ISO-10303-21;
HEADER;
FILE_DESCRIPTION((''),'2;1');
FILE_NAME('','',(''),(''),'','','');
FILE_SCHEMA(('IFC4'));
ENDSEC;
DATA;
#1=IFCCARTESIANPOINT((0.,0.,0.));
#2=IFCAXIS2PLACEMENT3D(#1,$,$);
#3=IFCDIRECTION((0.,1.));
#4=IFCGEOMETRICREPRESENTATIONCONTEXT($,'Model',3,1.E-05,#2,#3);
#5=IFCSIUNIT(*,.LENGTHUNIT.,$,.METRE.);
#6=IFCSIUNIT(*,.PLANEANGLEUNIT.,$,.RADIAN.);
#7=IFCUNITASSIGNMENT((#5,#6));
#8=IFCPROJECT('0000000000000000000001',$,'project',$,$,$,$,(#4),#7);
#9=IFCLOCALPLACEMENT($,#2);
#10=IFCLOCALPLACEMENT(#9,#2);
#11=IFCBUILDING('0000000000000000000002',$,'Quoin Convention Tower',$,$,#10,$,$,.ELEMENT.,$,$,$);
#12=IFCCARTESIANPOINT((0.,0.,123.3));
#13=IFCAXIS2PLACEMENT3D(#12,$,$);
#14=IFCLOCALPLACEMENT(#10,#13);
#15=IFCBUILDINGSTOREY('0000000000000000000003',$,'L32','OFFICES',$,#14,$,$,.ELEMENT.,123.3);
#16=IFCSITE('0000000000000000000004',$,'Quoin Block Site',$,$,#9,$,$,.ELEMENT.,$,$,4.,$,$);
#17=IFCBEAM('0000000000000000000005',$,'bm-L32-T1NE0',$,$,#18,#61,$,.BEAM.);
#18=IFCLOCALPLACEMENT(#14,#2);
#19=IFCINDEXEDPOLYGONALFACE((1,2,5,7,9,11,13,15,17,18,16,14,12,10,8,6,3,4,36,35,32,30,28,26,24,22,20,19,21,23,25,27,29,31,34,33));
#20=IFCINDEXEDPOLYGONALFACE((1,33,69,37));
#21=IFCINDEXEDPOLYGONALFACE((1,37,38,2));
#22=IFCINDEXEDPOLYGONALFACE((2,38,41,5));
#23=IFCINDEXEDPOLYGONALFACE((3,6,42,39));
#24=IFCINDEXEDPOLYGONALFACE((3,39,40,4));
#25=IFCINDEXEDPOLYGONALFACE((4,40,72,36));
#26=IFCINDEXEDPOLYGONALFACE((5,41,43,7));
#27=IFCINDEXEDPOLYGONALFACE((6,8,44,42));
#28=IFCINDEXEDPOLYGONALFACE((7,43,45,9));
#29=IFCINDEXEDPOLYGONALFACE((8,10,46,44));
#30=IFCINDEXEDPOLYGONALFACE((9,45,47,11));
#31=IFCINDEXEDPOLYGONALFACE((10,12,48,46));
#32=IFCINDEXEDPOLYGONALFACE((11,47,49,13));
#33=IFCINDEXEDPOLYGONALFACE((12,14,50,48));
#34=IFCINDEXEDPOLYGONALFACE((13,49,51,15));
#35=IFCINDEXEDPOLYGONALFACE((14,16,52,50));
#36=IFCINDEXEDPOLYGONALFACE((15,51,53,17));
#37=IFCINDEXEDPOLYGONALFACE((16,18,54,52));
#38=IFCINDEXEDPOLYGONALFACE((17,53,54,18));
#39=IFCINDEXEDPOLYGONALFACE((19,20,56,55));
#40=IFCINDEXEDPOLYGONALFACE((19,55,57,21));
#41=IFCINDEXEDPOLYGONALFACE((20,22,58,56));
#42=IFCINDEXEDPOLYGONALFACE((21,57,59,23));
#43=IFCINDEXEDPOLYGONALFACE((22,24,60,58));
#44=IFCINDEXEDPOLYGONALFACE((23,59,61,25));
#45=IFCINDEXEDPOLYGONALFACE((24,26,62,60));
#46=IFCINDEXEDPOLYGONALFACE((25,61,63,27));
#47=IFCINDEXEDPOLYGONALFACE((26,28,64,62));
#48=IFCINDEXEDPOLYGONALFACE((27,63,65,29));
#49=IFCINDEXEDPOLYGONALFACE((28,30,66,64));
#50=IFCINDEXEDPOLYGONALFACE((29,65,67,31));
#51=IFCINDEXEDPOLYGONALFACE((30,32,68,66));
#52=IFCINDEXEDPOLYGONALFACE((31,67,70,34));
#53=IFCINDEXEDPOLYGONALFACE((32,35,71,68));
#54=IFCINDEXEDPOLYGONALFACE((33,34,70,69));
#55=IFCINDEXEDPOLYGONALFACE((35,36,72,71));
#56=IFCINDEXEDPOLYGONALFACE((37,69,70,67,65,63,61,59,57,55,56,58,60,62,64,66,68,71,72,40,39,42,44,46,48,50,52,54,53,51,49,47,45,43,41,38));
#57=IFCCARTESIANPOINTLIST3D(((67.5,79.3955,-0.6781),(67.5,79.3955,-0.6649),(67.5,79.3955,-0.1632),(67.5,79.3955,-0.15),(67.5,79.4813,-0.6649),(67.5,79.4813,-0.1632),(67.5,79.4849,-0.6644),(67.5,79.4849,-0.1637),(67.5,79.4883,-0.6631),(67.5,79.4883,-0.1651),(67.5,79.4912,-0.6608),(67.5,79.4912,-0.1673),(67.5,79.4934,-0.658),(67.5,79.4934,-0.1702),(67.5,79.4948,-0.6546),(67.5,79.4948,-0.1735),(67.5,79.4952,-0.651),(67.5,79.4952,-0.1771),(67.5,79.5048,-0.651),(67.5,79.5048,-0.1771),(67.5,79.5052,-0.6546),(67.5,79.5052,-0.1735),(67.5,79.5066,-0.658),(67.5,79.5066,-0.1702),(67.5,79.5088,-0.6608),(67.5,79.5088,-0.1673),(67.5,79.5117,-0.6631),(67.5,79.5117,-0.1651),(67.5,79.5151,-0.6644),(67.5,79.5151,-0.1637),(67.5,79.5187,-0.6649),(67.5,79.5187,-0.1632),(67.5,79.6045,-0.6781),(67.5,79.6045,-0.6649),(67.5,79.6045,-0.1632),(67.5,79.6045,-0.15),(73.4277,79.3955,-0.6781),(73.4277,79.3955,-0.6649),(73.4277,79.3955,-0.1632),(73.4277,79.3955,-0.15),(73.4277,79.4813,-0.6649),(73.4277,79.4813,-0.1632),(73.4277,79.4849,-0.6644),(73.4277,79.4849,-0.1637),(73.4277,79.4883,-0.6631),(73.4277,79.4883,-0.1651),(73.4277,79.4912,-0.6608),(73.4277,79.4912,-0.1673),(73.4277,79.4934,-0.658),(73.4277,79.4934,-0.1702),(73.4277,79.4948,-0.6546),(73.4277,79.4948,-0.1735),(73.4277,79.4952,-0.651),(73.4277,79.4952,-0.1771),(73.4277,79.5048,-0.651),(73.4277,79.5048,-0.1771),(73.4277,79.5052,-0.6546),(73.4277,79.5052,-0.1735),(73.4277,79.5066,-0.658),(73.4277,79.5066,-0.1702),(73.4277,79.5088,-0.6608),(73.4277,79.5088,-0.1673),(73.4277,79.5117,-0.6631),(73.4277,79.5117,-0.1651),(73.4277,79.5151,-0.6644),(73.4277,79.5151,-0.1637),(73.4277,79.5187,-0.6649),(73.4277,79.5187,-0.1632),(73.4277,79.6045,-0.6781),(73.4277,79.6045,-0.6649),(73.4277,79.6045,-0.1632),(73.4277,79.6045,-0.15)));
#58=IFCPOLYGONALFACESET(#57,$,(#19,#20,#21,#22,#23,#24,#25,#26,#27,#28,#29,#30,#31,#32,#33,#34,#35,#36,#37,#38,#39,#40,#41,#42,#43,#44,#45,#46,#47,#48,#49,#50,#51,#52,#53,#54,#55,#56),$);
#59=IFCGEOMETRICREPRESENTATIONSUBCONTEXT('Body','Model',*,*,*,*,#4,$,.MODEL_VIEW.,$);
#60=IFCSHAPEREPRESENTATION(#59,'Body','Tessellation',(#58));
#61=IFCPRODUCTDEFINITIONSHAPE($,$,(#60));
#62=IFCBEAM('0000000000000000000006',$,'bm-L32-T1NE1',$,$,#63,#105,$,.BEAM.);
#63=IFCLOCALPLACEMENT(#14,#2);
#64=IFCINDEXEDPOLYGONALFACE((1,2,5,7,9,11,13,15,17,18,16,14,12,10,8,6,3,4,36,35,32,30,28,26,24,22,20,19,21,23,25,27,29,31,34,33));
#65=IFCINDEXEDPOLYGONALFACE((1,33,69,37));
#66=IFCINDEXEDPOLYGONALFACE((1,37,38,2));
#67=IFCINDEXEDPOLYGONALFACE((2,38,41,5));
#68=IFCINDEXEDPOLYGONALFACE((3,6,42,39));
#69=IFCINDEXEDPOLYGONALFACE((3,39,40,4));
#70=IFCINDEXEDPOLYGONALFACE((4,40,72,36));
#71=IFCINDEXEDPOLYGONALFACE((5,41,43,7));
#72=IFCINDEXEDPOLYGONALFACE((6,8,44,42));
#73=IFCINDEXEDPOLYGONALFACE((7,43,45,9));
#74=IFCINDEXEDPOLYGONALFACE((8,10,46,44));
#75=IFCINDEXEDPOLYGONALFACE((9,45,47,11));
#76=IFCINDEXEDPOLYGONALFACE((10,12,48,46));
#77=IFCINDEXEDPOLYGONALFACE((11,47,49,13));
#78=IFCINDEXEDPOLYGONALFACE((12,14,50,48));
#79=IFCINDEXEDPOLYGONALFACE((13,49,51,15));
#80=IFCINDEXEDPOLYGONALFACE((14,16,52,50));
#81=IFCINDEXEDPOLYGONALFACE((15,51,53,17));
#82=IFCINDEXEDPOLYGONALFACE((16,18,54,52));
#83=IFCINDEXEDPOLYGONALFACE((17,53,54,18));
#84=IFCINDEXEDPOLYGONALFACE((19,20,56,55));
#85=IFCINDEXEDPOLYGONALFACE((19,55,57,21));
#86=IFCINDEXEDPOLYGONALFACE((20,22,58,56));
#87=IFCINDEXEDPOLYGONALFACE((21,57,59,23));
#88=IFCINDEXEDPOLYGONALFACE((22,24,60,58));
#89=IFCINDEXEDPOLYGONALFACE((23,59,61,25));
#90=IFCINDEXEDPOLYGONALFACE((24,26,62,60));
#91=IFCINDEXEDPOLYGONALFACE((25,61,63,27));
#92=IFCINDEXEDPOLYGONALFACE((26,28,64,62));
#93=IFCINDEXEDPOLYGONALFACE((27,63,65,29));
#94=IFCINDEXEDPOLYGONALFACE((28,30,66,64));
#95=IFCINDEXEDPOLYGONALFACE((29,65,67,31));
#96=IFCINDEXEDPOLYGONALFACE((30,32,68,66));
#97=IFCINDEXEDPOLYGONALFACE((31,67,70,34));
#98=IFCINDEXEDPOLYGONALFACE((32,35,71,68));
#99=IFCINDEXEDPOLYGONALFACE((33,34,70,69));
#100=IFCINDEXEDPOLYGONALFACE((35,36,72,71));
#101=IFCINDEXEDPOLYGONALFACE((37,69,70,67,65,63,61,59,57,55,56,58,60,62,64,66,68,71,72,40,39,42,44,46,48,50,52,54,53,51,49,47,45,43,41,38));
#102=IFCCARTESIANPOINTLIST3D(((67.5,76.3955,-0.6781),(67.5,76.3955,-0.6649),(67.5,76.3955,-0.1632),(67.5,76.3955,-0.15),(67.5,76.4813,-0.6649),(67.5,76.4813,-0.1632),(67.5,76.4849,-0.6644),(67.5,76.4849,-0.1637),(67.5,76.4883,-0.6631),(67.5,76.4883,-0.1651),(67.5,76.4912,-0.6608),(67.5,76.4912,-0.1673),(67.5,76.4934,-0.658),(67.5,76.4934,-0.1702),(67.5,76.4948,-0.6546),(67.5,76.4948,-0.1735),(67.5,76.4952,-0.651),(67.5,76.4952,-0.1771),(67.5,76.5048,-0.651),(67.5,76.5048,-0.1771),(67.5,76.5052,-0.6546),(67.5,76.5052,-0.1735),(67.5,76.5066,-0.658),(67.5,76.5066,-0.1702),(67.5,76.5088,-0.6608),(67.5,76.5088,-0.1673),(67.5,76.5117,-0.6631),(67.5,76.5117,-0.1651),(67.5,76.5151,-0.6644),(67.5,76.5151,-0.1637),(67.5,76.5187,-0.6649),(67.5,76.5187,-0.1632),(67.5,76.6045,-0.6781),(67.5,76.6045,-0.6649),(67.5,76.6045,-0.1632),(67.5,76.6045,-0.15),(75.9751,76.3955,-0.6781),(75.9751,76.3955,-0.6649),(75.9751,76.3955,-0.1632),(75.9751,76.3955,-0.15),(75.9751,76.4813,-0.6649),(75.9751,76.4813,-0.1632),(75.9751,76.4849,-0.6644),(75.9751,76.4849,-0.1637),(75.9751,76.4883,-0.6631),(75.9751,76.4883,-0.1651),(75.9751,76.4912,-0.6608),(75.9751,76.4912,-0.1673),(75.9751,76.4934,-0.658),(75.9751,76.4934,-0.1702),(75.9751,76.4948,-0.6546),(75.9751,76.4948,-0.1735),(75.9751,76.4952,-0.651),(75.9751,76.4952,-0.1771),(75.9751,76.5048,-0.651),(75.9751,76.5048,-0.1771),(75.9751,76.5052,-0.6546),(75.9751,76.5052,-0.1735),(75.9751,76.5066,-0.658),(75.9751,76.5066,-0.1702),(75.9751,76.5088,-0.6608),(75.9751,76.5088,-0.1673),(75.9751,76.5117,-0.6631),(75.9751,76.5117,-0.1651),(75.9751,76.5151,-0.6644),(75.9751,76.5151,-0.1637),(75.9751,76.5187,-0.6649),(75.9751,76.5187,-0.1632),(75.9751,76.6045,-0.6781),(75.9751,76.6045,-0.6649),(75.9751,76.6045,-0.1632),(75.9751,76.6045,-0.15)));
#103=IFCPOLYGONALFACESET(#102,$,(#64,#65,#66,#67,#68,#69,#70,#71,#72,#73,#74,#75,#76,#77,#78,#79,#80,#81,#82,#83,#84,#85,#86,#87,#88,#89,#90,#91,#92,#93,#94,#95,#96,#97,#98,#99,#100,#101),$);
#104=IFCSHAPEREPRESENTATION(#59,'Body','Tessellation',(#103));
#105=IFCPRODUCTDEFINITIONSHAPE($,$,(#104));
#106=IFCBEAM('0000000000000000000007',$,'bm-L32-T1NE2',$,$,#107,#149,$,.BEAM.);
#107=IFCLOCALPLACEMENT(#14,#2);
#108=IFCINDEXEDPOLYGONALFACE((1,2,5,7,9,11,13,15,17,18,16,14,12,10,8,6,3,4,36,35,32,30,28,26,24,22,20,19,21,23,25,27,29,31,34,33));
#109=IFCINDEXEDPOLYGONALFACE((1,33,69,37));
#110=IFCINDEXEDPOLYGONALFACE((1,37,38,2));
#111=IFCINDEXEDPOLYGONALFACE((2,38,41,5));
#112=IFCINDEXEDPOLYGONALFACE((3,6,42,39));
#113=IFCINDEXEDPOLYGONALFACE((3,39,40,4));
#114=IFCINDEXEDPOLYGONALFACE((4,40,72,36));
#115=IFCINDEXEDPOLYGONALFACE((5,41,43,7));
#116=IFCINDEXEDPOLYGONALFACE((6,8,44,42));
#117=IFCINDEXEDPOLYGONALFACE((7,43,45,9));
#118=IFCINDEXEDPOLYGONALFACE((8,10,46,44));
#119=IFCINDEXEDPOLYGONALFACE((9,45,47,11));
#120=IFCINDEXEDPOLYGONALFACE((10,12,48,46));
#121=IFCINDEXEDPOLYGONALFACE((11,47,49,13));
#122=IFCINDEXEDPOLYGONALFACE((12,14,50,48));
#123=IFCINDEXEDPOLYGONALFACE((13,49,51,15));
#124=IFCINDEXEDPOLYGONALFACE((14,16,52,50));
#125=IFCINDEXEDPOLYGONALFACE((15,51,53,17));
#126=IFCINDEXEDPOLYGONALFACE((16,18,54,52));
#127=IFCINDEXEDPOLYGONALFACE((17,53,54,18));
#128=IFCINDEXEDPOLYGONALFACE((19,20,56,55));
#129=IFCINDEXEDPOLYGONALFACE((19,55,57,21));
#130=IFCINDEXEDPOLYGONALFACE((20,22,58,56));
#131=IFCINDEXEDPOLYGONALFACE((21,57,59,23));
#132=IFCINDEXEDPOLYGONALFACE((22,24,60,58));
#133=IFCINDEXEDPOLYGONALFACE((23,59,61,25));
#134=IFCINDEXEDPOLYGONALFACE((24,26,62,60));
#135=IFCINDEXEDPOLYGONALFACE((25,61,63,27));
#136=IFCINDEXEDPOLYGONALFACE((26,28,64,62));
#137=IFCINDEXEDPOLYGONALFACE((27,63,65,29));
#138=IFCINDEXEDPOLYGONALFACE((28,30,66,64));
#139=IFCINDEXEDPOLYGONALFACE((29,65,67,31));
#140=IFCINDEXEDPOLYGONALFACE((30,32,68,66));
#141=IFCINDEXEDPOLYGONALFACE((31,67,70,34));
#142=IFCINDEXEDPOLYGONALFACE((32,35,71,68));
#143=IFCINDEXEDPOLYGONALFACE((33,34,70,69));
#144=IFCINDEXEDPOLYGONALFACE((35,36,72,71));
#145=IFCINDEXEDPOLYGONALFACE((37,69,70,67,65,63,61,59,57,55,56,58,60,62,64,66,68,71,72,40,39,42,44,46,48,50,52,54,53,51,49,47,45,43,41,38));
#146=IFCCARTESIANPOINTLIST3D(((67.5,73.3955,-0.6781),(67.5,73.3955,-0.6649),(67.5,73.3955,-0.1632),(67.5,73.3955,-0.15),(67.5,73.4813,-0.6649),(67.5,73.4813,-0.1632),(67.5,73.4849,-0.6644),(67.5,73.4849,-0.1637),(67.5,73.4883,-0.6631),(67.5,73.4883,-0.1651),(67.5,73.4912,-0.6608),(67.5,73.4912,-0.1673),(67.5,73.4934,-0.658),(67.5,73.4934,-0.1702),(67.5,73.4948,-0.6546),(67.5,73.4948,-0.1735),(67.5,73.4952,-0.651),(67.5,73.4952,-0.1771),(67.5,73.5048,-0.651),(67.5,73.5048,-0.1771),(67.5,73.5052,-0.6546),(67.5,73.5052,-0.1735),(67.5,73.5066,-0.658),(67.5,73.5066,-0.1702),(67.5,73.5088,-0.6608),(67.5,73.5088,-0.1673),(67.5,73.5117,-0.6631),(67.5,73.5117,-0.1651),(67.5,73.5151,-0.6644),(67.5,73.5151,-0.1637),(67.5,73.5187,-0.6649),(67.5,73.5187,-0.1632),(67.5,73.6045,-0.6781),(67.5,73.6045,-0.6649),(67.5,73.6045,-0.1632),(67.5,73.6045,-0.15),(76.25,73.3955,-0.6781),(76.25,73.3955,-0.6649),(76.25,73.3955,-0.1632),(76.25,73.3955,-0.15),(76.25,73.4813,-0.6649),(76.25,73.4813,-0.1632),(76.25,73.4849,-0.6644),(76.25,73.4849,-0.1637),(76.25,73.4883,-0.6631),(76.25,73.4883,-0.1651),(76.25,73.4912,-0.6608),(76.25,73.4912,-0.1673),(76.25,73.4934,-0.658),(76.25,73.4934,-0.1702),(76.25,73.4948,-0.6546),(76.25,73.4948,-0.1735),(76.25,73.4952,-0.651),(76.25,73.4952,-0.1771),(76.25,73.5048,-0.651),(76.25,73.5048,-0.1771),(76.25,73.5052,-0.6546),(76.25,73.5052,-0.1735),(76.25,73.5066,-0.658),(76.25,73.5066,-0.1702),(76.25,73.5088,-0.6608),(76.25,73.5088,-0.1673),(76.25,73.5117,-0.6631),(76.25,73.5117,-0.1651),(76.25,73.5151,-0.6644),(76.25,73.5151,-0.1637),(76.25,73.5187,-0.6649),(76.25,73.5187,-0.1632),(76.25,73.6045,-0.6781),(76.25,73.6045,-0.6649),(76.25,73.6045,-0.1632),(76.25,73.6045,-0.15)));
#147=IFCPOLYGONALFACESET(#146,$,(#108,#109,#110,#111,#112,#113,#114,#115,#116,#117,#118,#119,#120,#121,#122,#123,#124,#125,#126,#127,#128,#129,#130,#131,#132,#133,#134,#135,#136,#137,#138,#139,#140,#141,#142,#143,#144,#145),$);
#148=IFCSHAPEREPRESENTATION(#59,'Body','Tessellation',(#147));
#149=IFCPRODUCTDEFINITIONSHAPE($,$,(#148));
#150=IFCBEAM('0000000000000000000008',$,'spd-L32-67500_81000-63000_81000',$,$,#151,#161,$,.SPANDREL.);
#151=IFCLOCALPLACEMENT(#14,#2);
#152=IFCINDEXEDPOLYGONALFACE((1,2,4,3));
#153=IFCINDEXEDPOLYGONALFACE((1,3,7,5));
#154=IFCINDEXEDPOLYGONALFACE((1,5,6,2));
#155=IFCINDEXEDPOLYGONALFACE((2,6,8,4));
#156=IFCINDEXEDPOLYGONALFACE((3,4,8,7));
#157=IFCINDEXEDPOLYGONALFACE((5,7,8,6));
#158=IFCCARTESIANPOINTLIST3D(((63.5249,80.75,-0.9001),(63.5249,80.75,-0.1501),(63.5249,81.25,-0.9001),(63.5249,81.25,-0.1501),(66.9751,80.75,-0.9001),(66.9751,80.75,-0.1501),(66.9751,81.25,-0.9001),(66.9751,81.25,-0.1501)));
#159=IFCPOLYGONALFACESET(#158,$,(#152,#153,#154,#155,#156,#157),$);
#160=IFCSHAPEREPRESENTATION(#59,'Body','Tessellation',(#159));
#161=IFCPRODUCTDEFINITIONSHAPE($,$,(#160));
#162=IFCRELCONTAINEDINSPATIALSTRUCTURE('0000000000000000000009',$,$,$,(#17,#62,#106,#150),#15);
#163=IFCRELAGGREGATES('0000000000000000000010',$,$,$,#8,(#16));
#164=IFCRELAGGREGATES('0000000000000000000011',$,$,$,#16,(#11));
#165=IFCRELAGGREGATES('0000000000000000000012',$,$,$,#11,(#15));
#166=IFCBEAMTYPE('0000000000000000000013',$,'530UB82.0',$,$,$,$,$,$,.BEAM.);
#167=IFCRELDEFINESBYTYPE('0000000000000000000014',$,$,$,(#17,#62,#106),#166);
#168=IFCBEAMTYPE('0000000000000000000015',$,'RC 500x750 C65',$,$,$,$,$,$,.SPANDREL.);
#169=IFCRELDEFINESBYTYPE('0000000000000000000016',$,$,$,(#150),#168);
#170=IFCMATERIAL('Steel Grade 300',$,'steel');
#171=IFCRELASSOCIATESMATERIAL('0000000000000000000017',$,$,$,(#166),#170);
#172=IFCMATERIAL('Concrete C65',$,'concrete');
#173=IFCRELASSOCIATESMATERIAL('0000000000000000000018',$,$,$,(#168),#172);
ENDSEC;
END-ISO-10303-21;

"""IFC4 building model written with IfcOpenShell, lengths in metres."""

from ifc_helpers import new_model, si_unit, direction, frame, origin, origin_2d, place, context, subcontext, project, spatial, rectangle, i_section, extrude, material, material_profile, profile_set, type_object, element, save


model = new_model("IFC4")

# Units and contexts
model_context = context("Model", 3, precision=1e-05, world=origin(), true_north=direction((0.0, 1.0)))
body_context = subcontext(model_context, "Body", "Model", "MODEL_VIEW")
ifc_project = project(units=[si_unit("LENGTHUNIT", "METRE"), si_unit("PLANEANGLEUNIT", "RADIAN")], contexts=[model_context])

# Site, building, storey
site_placement = place(None, origin())
site = spatial("IfcSite", under=ifc_project, at=site_placement, Name="Quoin Block Site", CompositionType="ELEMENT", RefElevation=4.0)
building_placement = place(site_placement, origin())
building = spatial("IfcBuilding", under=site, at=building_placement, Name="Quoin Convention Tower", CompositionType="ELEMENT")
storey_placement = place(building_placement, frame((0.0, 0.0, 123.3)))
storey = spatial("IfcBuildingStorey", under=building, at=storey_placement, Name="L32", Description="OFFICES", CompositionType="ELEMENT", Elevation=123.3)

# Shared definitions
ifc_material_1 = material(Name="Concrete C65", Category="concrete")

# Beams
ifc_material_2 = material(Name="Steel Grade 300", Category="steel")
ifc_material_profile_1 = material_profile(ifc_material_2, i_section(OverallWidth=0.209, OverallDepth=0.5281, WebThickness=0.0095, FlangeThickness=0.0132, FilletRadius=0.0139, at=origin_2d()), Name="530UB82.0")
ifc_profile_set_1 = profile_set([ifc_material_profile_1], Name="Steel Grade 300")
beam_type_1 = type_object("IfcBeamType", Name="530UB82.0", PredefinedType="BEAM", material=ifc_profile_set_1)
beam_1_placement = place(storey_placement, frame((67.5, 79.5, -0.4141), z_axis=(1.0, 0.0, 0.0), x_axis=(0.0, 1.0, 0.0)))
element("IfcBeam", 1, at=beam_1_placement, inside=storey, type_object=beam_type_1, Name="bm-L32-T1NE0", PredefinedType="BEAM", context=body_context, shape_type="SweptSolid", body=[
    extrude(i_section(OverallWidth=0.209, OverallDepth=0.5281, WebThickness=0.0095, FlangeThickness=0.0132, FilletRadius=0.0139, at=origin_2d()), origin(), (0.0, 0.0, 1.0), 5.9277),
])
beam_2_placement = place(storey_placement, frame((67.5, 76.5, -0.4141), z_axis=(1.0, 0.0, 0.0), x_axis=(0.0, 1.0, 0.0)))
element("IfcBeam", 2, at=beam_2_placement, inside=storey, type_object=beam_type_1, Name="bm-L32-T1NE1", PredefinedType="BEAM", context=body_context, shape_type="SweptSolid", body=[
    extrude(i_section(OverallWidth=0.209, OverallDepth=0.5281, WebThickness=0.0095, FlangeThickness=0.0132, FilletRadius=0.0139, at=origin_2d()), origin(), (0.0, 0.0, 1.0), 8.4751),
])
beam_3_placement = place(storey_placement, frame((67.5, 73.5, -0.4141), z_axis=(1.0, 0.0, 0.0), x_axis=(0.0, 1.0, 0.0)))
element("IfcBeam", 3, at=beam_3_placement, inside=storey, type_object=beam_type_1, Name="bm-L32-T1NE2", PredefinedType="BEAM", context=body_context, shape_type="SweptSolid", body=[
    extrude(i_section(OverallWidth=0.209, OverallDepth=0.5281, WebThickness=0.0095, FlangeThickness=0.0132, FilletRadius=0.0139, at=origin_2d()), origin(), (0.0, 0.0, 1.0), 8.75),
])
ifc_material_profile_2 = material_profile(ifc_material_1, rectangle(XDim=0.5, YDim=0.75, at=origin_2d()), Name="RC 500x750")
ifc_profile_set_2 = profile_set([ifc_material_profile_2], Name="Concrete C65")
beam_type_2 = type_object("IfcBeamType", Name="RC 500x750 C65", PredefinedType="SPANDREL", material=ifc_profile_set_2)
beam_4_placement = place(storey_placement, frame((66.9751, 81.0, -0.5251), z_axis=(-1.0, 0.0, 0.0), x_axis=(0.0, -1.0, 0.0)))
element("IfcBeam", 4, at=beam_4_placement, inside=storey, type_object=beam_type_2, Name="spd-L32-67500_81000-63000_81000", PredefinedType="SPANDREL", context=body_context, shape_type="SweptSolid", body=[
    extrude(rectangle(XDim=0.5, YDim=0.75, at=origin_2d()), origin(), (0.0, 0.0, 1.0), 3.4502),
])

save(model, "model.ifc")
